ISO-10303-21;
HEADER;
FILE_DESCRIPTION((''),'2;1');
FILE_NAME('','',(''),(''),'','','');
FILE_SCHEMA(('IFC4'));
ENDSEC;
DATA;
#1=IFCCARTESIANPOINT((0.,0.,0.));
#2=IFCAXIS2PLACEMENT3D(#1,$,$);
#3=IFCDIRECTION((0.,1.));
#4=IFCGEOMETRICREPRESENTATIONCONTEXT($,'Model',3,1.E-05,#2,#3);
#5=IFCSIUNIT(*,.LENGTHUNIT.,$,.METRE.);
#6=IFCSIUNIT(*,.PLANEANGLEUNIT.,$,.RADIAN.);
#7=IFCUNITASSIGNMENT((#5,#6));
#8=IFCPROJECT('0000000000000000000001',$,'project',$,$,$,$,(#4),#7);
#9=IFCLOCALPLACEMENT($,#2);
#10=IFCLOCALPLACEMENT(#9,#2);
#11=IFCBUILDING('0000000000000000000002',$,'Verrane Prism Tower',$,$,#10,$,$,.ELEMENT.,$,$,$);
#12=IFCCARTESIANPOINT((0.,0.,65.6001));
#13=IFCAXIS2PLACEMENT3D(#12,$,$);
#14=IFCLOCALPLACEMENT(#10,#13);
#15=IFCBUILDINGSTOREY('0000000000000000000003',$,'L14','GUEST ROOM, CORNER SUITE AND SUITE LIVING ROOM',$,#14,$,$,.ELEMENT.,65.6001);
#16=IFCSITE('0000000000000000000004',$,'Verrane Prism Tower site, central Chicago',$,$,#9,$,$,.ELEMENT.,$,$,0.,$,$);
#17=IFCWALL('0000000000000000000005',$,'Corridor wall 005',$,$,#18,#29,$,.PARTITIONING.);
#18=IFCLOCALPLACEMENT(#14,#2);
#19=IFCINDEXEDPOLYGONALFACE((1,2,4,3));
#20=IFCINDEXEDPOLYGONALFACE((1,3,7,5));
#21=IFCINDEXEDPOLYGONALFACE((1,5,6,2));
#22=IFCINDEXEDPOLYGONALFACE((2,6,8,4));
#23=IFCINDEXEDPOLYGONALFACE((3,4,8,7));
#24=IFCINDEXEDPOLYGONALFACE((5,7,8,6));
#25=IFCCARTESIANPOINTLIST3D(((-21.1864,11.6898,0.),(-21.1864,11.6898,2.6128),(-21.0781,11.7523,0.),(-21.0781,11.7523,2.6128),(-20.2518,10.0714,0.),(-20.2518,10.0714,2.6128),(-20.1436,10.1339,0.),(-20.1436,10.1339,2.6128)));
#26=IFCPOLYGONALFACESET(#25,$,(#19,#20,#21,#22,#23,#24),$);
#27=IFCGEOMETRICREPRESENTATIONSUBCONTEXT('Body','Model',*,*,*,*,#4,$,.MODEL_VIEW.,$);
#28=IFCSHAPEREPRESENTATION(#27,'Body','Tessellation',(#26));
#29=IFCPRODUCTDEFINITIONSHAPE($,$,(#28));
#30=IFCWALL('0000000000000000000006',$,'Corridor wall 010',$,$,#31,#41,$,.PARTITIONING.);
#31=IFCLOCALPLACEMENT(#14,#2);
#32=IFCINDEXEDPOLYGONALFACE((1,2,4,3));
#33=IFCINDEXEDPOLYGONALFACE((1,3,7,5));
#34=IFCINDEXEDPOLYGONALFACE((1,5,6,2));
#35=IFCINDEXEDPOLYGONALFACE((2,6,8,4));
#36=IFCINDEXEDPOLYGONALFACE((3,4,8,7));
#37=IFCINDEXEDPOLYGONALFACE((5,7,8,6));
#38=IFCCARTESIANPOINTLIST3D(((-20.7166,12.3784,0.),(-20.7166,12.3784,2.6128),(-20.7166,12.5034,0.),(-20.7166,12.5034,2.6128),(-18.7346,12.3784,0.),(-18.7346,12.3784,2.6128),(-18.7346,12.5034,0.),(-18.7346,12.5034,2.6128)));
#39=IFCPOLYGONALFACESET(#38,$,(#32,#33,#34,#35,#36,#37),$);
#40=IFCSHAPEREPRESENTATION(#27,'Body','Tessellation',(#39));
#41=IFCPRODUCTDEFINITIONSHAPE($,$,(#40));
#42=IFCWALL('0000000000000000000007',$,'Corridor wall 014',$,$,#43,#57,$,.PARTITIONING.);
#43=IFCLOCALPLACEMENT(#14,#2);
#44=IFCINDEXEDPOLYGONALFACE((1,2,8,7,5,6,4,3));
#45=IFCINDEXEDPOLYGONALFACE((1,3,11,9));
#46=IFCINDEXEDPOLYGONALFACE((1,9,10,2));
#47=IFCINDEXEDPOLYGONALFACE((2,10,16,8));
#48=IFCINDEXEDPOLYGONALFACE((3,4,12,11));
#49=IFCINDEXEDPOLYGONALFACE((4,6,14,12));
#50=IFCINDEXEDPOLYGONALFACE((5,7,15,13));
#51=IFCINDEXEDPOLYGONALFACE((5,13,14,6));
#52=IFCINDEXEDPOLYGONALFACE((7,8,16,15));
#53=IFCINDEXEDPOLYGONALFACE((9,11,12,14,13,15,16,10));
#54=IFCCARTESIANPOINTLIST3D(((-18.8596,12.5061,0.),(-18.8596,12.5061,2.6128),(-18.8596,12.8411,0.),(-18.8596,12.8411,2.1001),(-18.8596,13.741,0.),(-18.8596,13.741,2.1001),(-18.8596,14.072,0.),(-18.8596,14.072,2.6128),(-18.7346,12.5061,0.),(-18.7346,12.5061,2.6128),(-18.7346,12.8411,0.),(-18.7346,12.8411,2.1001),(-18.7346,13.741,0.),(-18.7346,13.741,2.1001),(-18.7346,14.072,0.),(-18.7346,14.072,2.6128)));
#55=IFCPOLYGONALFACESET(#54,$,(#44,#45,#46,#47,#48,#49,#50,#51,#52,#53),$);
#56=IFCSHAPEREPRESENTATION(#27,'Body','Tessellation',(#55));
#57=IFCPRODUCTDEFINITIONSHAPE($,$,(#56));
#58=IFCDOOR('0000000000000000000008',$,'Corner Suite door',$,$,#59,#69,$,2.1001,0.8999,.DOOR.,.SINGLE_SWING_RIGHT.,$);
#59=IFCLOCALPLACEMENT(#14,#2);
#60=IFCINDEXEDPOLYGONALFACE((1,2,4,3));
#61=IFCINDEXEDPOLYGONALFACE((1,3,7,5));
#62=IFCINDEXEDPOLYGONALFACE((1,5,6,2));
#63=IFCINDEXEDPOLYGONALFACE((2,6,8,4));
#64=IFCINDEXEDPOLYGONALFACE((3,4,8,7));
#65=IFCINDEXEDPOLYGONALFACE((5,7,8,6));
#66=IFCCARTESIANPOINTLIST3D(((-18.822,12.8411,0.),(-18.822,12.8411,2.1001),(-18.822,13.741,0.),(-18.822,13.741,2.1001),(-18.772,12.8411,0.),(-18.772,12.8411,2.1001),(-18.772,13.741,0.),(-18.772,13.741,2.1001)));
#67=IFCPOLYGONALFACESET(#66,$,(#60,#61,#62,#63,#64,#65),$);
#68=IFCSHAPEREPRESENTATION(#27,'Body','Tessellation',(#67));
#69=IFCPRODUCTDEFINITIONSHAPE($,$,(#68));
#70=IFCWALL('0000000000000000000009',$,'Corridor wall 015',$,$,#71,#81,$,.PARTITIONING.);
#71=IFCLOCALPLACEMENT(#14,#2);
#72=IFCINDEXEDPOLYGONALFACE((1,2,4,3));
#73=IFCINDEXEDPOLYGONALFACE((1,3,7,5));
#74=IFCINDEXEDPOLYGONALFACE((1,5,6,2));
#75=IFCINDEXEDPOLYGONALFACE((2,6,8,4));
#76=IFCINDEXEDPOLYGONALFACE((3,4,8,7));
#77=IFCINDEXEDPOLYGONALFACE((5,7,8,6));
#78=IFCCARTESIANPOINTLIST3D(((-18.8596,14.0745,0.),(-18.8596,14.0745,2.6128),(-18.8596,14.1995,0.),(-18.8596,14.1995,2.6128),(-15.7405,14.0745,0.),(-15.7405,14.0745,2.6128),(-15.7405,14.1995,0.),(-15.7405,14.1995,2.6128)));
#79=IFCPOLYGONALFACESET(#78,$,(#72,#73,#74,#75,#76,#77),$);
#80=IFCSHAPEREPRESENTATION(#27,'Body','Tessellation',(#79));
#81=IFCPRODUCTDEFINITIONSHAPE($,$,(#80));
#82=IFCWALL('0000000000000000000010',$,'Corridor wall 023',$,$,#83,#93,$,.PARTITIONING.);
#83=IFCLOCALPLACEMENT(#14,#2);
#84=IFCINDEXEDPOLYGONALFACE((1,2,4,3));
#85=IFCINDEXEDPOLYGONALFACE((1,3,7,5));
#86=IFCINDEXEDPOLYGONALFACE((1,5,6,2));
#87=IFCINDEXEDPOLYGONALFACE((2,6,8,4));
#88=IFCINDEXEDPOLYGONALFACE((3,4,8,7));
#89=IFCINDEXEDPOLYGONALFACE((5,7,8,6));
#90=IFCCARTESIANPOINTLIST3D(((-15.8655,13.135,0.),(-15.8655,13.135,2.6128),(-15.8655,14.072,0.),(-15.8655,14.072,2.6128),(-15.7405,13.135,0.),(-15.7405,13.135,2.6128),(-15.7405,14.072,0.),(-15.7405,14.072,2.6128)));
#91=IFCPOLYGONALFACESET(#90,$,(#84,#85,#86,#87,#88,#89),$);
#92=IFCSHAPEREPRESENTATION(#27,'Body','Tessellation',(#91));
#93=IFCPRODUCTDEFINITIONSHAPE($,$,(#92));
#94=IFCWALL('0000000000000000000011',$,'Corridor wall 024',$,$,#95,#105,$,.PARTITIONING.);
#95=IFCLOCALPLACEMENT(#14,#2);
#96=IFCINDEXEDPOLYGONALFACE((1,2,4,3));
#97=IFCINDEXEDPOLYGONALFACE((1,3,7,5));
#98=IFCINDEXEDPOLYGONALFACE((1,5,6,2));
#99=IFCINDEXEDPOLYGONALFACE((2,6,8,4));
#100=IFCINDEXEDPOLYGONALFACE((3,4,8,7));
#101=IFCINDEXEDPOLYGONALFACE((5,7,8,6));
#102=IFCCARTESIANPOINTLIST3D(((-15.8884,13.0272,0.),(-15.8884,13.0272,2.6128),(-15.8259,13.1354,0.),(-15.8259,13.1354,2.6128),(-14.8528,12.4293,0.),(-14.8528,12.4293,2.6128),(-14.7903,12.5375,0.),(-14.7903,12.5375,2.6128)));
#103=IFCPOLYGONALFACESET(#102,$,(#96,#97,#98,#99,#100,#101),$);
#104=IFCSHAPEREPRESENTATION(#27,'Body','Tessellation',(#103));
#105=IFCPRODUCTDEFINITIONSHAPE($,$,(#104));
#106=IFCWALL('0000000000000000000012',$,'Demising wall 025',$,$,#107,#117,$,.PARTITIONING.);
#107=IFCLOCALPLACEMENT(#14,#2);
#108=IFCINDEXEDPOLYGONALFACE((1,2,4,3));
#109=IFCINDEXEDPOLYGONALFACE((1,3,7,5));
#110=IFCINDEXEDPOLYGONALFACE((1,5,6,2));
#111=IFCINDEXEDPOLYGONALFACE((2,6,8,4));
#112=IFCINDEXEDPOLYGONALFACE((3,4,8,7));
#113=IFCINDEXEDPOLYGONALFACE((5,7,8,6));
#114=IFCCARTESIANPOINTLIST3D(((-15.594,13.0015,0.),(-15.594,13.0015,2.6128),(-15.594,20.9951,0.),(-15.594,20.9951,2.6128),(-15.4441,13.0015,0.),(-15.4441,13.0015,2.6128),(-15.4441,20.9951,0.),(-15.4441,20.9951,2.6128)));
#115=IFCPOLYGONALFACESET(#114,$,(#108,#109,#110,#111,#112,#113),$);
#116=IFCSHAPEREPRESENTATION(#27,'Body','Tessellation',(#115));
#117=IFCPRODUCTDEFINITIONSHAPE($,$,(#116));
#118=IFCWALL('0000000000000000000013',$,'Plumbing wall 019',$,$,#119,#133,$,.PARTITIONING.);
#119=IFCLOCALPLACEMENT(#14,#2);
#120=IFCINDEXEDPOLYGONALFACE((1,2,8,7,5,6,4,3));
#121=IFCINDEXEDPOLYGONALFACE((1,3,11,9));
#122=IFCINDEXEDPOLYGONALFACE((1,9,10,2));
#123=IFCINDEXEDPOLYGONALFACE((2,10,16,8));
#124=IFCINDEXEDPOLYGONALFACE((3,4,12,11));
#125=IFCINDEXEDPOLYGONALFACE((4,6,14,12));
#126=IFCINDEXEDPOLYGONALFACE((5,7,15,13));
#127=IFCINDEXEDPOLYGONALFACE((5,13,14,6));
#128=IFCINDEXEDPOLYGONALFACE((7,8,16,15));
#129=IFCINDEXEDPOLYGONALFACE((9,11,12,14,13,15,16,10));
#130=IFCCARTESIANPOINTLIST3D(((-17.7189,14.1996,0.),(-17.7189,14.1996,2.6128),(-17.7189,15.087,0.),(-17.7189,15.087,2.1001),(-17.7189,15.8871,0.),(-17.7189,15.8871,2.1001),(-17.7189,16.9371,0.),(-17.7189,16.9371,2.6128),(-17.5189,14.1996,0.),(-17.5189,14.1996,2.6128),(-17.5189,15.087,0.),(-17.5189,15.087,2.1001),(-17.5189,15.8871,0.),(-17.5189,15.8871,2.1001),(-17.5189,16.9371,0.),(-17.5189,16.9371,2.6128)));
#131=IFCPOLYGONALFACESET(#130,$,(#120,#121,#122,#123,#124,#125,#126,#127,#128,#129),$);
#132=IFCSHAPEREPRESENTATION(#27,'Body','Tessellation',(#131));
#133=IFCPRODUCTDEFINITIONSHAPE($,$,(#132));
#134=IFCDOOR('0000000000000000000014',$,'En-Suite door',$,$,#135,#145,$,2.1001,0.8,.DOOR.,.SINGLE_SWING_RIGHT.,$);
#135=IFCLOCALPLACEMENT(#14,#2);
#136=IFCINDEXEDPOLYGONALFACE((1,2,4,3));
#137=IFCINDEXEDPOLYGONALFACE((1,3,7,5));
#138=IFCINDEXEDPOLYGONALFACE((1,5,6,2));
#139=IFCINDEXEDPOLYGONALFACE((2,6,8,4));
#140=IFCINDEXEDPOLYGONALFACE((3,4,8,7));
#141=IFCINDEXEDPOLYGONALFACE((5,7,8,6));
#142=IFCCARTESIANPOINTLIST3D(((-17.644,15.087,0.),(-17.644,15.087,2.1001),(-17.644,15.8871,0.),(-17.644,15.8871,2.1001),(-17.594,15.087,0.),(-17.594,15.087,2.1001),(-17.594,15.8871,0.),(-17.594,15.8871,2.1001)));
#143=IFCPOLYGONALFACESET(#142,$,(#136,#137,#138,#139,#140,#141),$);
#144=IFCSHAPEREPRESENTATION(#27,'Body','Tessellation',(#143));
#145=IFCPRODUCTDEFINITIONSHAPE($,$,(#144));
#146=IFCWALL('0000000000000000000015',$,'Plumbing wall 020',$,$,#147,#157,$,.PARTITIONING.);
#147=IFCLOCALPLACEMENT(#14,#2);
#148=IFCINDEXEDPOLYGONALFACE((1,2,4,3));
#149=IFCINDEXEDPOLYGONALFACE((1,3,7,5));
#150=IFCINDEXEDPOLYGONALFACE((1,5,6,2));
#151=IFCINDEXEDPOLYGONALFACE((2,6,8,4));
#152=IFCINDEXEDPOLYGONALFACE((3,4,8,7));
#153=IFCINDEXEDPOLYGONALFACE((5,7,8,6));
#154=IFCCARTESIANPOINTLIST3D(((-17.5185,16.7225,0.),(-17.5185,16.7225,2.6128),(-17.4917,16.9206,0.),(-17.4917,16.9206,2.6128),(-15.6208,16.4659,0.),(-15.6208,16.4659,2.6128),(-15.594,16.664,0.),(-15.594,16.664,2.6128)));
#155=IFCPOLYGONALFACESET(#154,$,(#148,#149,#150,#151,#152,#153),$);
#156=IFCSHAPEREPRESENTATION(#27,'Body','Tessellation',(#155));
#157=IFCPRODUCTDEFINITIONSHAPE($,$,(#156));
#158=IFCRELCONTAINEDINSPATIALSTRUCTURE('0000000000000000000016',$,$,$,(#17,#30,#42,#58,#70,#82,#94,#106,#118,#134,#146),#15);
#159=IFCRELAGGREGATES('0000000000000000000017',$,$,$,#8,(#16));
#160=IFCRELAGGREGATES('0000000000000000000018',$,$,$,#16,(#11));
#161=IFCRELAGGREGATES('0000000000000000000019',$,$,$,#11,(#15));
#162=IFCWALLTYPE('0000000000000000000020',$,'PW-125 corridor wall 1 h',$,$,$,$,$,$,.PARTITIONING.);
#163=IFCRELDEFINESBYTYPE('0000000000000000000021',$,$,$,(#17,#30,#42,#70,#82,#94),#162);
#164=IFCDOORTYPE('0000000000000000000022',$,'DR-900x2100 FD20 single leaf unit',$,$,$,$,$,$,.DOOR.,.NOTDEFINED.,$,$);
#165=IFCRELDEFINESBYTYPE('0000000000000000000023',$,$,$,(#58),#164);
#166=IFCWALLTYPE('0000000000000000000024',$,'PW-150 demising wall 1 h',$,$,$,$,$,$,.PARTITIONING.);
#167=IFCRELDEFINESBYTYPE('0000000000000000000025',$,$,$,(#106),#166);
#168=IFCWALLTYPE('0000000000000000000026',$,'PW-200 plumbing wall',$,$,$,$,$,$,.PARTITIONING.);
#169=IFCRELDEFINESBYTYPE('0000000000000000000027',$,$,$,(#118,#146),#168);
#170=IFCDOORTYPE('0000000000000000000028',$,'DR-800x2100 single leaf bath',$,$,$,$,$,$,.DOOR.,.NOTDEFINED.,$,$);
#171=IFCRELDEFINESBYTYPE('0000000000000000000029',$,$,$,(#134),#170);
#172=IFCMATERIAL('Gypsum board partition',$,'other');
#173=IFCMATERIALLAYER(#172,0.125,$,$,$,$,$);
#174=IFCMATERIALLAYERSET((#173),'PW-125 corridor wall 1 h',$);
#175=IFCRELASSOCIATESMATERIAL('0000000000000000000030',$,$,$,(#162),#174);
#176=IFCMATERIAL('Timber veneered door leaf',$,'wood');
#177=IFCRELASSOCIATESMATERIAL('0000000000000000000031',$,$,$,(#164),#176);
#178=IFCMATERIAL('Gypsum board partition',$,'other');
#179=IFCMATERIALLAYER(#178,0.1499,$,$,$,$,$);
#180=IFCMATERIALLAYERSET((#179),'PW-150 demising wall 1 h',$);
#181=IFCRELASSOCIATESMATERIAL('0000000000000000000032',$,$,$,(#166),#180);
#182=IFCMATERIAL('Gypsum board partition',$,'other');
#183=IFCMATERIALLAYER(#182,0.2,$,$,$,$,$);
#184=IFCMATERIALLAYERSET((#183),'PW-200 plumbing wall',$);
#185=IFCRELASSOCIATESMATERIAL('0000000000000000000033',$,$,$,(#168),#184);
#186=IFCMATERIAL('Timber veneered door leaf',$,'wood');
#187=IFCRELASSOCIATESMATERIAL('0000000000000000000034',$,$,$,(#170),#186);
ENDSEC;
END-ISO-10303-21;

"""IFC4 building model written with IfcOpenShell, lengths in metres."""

from ifc_helpers import new_model, si_unit, direction, frame, frame_2d, origin, place, context, subcontext, project, spatial, rectangle, extrude, material, layer, layer_set, type_object, element, fill, save


model = new_model("IFC4")

# Units and contexts
model_context = context("Model", 3, precision=1e-05, world=origin(), true_north=direction((0.0, 1.0)))
body_context = subcontext(model_context, "Body", "Model", "MODEL_VIEW")
ifc_project = project(units=[si_unit("LENGTHUNIT", "METRE"), si_unit("PLANEANGLEUNIT", "RADIAN")], contexts=[model_context])

# Site, building, storey
site_placement = place(None, origin())
site = spatial("IfcSite", under=ifc_project, at=site_placement, Name="Verrane Prism Tower site, central Chicago", CompositionType="ELEMENT", RefElevation=0.0)
building_placement = place(site_placement, origin())
building = spatial("IfcBuilding", under=site, at=building_placement, Name="Verrane Prism Tower", CompositionType="ELEMENT")
storey_placement = place(building_placement, frame((0.0, 0.0, 65.6001)))
storey = spatial("IfcBuildingStorey", under=building, at=storey_placement, Name="L14", Description="GUEST ROOM, CORNER SUITE AND SUITE LIVING ROOM", CompositionType="ELEMENT", Elevation=65.6001)

# Walls
ifc_material_1 = material(Name="Gypsum board partition", Category="other")
ifc_layer_1 = layer(ifc_material_1, 0.125)
ifc_layer_set_1 = layer_set([ifc_layer_1], Name="PW-125 corridor wall 1 h")
wall_type_1 = type_object("IfcWallType", Name="PW-125 corridor wall 1 h", PredefinedType="PARTITIONING", material=ifc_layer_set_1)
wall_1_placement = place(storey_placement, frame((-21.1323, 11.7212, 0.0), z_axis=(0.0, 0.0, 1.0), x_axis=(0.500073, -0.865983, 0.0)))
element("IfcWall", 1, at=wall_1_placement, inside=storey, type_object=wall_type_1, Name="Corridor wall 005", PredefinedType="PARTITIONING", context=body_context, shape_type="SweptSolid", body=[
    extrude(rectangle(XDim=1.8689, YDim=0.125, at=frame_2d((0.9346, 0.0))), origin(), (0.0, 0.0, 1.0), 2.6128),
])
wall_2_placement = place(storey_placement, frame((-20.7166, 12.4409, 0.0), z_axis=(0.0, 0.0, 1.0), x_axis=(1.0, 0.0, 0.0)))
element("IfcWall", 2, at=wall_2_placement, inside=storey, type_object=wall_type_1, Name="Corridor wall 010", PredefinedType="PARTITIONING", context=body_context, shape_type="SweptSolid", body=[
    extrude(rectangle(XDim=1.9819, YDim=0.125, at=frame_2d((0.991, 0.0))), origin(), (0.0, 0.0, 1.0), 2.6128),
])

# Wall, opening, door
wall_3_placement = place(storey_placement, frame((-18.7971, 12.5061, 0.0), z_axis=(0.0, 0.0, 1.0), x_axis=(0.0, 1.0, 0.0)))
wall_3 = element("IfcWall", 3, at=wall_3_placement, inside=storey, type_object=wall_type_1, Name="Corridor wall 014", PredefinedType="PARTITIONING", context=body_context, shape_type="SweptSolid", body=[
    extrude(rectangle(XDim=1.5659, YDim=0.125, at=frame_2d((0.783, 0.0))), origin(), (0.0, 0.0, 1.0), 2.6128),
])
opening_1_placement = place(wall_3_placement, frame((0.335, 0.0, 0.0)))
opening_1 = element("IfcOpeningElement", 4, at=opening_1_placement, cuts=wall_3, PredefinedType="OPENING", context=body_context, shape_type="SweptSolid", body=[
    extrude(rectangle(XDim=0.8999, YDim=2.1001, at=frame_2d((0.45, 1.05))), frame((0.0, 0.0725, 0.0), z_axis=(0.0, -1.0, 0.0), x_axis=(1.0, 0.0, 0.0)), (0.0, 0.0, 1.0), 0.145),
])
ifc_material_2 = material(Name="Timber veneered door leaf", Category="wood")
door_type_1 = type_object("IfcDoorType", Name="DR-900x2100 FD20 single leaf unit", OperationType="NOTDEFINED", PredefinedType="DOOR", material=ifc_material_2)
door_1_placement = place(opening_1_placement, origin())
door_1 = element("IfcDoor", 5, at=door_1_placement, inside=storey, type_object=door_type_1, Name="Corner Suite door", OperationType="SINGLE_SWING_RIGHT", OverallHeight=2.1001, OverallWidth=0.8999, PredefinedType="DOOR", context=body_context, shape_type="SweptSolid", body=[
    extrude(rectangle(XDim=0.8999, YDim=2.1001, at=frame_2d((0.45, 1.05))), frame((0.0, 0.0249, 0.0), z_axis=(0.0, -1.0, 0.0), x_axis=(1.0, 0.0, 0.0)), (0.0, 0.0, 1.0), 0.05),
])
fill(opening_1, door_1)

# Walls
wall_4_placement = place(storey_placement, frame((-18.8596, 14.137, 0.0), z_axis=(0.0, 0.0, 1.0), x_axis=(1.0, 0.0, 0.0)))
element("IfcWall", 6, at=wall_4_placement, inside=storey, type_object=wall_type_1, Name="Corridor wall 015", PredefinedType="PARTITIONING", context=body_context, shape_type="SweptSolid", body=[
    extrude(rectangle(XDim=3.1191, YDim=0.125, at=frame_2d((1.5596, 0.0))), origin(), (0.0, 0.0, 1.0), 2.6128),
])
wall_5_placement = place(storey_placement, frame((-15.803, 13.135, 0.0), z_axis=(0.0, 0.0, 1.0), x_axis=(0.0, 1.0, 0.0)))
element("IfcWall", 7, at=wall_5_placement, inside=storey, type_object=wall_type_1, Name="Corridor wall 023", PredefinedType="PARTITIONING", context=body_context, shape_type="SweptSolid", body=[
    extrude(rectangle(XDim=0.937, YDim=0.125, at=frame_2d((0.4685, 0.0))), origin(), (0.0, 0.0, 1.0), 2.6128),
])
wall_6_placement = place(storey_placement, frame((-15.8572, 13.0813, 0.0), z_axis=(0.0, 0.0, 1.0), x_axis=(0.866036, -0.499982, 0.0)))
element("IfcWall", 8, at=wall_6_placement, inside=storey, type_object=wall_type_1, Name="Corridor wall 024", PredefinedType="PARTITIONING", context=body_context, shape_type="SweptSolid", body=[
    extrude(rectangle(XDim=1.1958, YDim=0.125, at=frame_2d((0.5979, 0.0))), origin(), (0.0, 0.0, 1.0), 2.6128),
])
ifc_material_3 = material(Name="Gypsum board partition", Category="other")
ifc_layer_2 = layer(ifc_material_3, 0.1499)
ifc_layer_set_2 = layer_set([ifc_layer_2], Name="PW-150 demising wall 1 h")
wall_type_2 = type_object("IfcWallType", Name="PW-150 demising wall 1 h", PredefinedType="PARTITIONING", material=ifc_layer_set_2)
wall_7_placement = place(storey_placement, frame((-15.519, 13.0015, 0.0), z_axis=(0.0, 0.0, 1.0), x_axis=(0.0, 1.0, 0.0)))
element("IfcWall", 9, at=wall_7_placement, inside=storey, type_object=wall_type_2, Name="Demising wall 025", PredefinedType="PARTITIONING", context=body_context, shape_type="SweptSolid", body=[
    extrude(rectangle(XDim=7.9937, YDim=0.1499, at=frame_2d((3.9968, 0.0))), origin(), (0.0, 0.0, 1.0), 2.6128),
])

# Wall, opening, door
ifc_material_4 = material(Name="Gypsum board partition", Category="other")
ifc_layer_3 = layer(ifc_material_4, 0.2)
ifc_layer_set_3 = layer_set([ifc_layer_3], Name="PW-200 plumbing wall")
wall_type_3 = type_object("IfcWallType", Name="PW-200 plumbing wall", PredefinedType="PARTITIONING", material=ifc_layer_set_3)
wall_8_placement = place(storey_placement, frame((-17.6189, 16.937, 0.0), z_axis=(0.0, 0.0, 1.0), x_axis=(0.0, -1.0, 0.0)))
wall_8 = element("IfcWall", 10, at=wall_8_placement, inside=storey, type_object=wall_type_3, Name="Plumbing wall 019", PredefinedType="PARTITIONING", context=body_context, shape_type="SweptSolid", body=[
    extrude(rectangle(XDim=2.7375, YDim=0.2, at=frame_2d((1.3687, 0.0))), origin(), (0.0, 0.0, 1.0), 2.6128),
])
opening_2_placement = place(wall_8_placement, frame((1.05, 0.0, 0.0)))
opening_2 = element("IfcOpeningElement", 11, at=opening_2_placement, cuts=wall_8, PredefinedType="OPENING", context=body_context, shape_type="SweptSolid", body=[
    extrude(rectangle(XDim=0.8, YDim=2.1001, at=frame_2d((0.3999, 1.05))), frame((0.0, 0.1099, 0.0), z_axis=(0.0, -1.0, 0.0), x_axis=(1.0, 0.0, 0.0)), (0.0, 0.0, 1.0), 0.22),
])
ifc_material_5 = material(Name="Timber veneered door leaf", Category="wood")
door_type_2 = type_object("IfcDoorType", Name="DR-800x2100 single leaf bath", OperationType="NOTDEFINED", PredefinedType="DOOR", material=ifc_material_5)
door_2_placement = place(opening_2_placement, origin())
door_2 = element("IfcDoor", 12, at=door_2_placement, inside=storey, type_object=door_type_2, Name="En-Suite door", OperationType="SINGLE_SWING_RIGHT", OverallHeight=2.1001, OverallWidth=0.8, PredefinedType="DOOR", context=body_context, shape_type="SweptSolid", body=[
    extrude(rectangle(XDim=0.8, YDim=2.1001, at=frame_2d((0.3999, 1.05))), frame((0.0, 0.0249, 0.0), z_axis=(0.0, -1.0, 0.0), x_axis=(1.0, 0.0, 0.0)), (0.0, 0.0, 1.0), 0.05),
])
fill(opening_2, door_2)

# Wall
wall_9_placement = place(storey_placement, frame((-17.5051, 16.8215, 0.0), z_axis=(0.0, 0.0, 1.0), x_axis=(0.990982, -0.133992, 0.0)))
element("IfcWall", 13, at=wall_9_placement, inside=storey, type_object=wall_type_3, Name="Plumbing wall 020", PredefinedType="PARTITIONING", context=body_context, shape_type="SweptSolid", body=[
    extrude(rectangle(XDim=1.915, YDim=0.2, at=frame_2d((0.9575, 0.0))), origin(), (0.0, 0.0, 1.0), 2.6128),
])

save(model, "model.ifc")
